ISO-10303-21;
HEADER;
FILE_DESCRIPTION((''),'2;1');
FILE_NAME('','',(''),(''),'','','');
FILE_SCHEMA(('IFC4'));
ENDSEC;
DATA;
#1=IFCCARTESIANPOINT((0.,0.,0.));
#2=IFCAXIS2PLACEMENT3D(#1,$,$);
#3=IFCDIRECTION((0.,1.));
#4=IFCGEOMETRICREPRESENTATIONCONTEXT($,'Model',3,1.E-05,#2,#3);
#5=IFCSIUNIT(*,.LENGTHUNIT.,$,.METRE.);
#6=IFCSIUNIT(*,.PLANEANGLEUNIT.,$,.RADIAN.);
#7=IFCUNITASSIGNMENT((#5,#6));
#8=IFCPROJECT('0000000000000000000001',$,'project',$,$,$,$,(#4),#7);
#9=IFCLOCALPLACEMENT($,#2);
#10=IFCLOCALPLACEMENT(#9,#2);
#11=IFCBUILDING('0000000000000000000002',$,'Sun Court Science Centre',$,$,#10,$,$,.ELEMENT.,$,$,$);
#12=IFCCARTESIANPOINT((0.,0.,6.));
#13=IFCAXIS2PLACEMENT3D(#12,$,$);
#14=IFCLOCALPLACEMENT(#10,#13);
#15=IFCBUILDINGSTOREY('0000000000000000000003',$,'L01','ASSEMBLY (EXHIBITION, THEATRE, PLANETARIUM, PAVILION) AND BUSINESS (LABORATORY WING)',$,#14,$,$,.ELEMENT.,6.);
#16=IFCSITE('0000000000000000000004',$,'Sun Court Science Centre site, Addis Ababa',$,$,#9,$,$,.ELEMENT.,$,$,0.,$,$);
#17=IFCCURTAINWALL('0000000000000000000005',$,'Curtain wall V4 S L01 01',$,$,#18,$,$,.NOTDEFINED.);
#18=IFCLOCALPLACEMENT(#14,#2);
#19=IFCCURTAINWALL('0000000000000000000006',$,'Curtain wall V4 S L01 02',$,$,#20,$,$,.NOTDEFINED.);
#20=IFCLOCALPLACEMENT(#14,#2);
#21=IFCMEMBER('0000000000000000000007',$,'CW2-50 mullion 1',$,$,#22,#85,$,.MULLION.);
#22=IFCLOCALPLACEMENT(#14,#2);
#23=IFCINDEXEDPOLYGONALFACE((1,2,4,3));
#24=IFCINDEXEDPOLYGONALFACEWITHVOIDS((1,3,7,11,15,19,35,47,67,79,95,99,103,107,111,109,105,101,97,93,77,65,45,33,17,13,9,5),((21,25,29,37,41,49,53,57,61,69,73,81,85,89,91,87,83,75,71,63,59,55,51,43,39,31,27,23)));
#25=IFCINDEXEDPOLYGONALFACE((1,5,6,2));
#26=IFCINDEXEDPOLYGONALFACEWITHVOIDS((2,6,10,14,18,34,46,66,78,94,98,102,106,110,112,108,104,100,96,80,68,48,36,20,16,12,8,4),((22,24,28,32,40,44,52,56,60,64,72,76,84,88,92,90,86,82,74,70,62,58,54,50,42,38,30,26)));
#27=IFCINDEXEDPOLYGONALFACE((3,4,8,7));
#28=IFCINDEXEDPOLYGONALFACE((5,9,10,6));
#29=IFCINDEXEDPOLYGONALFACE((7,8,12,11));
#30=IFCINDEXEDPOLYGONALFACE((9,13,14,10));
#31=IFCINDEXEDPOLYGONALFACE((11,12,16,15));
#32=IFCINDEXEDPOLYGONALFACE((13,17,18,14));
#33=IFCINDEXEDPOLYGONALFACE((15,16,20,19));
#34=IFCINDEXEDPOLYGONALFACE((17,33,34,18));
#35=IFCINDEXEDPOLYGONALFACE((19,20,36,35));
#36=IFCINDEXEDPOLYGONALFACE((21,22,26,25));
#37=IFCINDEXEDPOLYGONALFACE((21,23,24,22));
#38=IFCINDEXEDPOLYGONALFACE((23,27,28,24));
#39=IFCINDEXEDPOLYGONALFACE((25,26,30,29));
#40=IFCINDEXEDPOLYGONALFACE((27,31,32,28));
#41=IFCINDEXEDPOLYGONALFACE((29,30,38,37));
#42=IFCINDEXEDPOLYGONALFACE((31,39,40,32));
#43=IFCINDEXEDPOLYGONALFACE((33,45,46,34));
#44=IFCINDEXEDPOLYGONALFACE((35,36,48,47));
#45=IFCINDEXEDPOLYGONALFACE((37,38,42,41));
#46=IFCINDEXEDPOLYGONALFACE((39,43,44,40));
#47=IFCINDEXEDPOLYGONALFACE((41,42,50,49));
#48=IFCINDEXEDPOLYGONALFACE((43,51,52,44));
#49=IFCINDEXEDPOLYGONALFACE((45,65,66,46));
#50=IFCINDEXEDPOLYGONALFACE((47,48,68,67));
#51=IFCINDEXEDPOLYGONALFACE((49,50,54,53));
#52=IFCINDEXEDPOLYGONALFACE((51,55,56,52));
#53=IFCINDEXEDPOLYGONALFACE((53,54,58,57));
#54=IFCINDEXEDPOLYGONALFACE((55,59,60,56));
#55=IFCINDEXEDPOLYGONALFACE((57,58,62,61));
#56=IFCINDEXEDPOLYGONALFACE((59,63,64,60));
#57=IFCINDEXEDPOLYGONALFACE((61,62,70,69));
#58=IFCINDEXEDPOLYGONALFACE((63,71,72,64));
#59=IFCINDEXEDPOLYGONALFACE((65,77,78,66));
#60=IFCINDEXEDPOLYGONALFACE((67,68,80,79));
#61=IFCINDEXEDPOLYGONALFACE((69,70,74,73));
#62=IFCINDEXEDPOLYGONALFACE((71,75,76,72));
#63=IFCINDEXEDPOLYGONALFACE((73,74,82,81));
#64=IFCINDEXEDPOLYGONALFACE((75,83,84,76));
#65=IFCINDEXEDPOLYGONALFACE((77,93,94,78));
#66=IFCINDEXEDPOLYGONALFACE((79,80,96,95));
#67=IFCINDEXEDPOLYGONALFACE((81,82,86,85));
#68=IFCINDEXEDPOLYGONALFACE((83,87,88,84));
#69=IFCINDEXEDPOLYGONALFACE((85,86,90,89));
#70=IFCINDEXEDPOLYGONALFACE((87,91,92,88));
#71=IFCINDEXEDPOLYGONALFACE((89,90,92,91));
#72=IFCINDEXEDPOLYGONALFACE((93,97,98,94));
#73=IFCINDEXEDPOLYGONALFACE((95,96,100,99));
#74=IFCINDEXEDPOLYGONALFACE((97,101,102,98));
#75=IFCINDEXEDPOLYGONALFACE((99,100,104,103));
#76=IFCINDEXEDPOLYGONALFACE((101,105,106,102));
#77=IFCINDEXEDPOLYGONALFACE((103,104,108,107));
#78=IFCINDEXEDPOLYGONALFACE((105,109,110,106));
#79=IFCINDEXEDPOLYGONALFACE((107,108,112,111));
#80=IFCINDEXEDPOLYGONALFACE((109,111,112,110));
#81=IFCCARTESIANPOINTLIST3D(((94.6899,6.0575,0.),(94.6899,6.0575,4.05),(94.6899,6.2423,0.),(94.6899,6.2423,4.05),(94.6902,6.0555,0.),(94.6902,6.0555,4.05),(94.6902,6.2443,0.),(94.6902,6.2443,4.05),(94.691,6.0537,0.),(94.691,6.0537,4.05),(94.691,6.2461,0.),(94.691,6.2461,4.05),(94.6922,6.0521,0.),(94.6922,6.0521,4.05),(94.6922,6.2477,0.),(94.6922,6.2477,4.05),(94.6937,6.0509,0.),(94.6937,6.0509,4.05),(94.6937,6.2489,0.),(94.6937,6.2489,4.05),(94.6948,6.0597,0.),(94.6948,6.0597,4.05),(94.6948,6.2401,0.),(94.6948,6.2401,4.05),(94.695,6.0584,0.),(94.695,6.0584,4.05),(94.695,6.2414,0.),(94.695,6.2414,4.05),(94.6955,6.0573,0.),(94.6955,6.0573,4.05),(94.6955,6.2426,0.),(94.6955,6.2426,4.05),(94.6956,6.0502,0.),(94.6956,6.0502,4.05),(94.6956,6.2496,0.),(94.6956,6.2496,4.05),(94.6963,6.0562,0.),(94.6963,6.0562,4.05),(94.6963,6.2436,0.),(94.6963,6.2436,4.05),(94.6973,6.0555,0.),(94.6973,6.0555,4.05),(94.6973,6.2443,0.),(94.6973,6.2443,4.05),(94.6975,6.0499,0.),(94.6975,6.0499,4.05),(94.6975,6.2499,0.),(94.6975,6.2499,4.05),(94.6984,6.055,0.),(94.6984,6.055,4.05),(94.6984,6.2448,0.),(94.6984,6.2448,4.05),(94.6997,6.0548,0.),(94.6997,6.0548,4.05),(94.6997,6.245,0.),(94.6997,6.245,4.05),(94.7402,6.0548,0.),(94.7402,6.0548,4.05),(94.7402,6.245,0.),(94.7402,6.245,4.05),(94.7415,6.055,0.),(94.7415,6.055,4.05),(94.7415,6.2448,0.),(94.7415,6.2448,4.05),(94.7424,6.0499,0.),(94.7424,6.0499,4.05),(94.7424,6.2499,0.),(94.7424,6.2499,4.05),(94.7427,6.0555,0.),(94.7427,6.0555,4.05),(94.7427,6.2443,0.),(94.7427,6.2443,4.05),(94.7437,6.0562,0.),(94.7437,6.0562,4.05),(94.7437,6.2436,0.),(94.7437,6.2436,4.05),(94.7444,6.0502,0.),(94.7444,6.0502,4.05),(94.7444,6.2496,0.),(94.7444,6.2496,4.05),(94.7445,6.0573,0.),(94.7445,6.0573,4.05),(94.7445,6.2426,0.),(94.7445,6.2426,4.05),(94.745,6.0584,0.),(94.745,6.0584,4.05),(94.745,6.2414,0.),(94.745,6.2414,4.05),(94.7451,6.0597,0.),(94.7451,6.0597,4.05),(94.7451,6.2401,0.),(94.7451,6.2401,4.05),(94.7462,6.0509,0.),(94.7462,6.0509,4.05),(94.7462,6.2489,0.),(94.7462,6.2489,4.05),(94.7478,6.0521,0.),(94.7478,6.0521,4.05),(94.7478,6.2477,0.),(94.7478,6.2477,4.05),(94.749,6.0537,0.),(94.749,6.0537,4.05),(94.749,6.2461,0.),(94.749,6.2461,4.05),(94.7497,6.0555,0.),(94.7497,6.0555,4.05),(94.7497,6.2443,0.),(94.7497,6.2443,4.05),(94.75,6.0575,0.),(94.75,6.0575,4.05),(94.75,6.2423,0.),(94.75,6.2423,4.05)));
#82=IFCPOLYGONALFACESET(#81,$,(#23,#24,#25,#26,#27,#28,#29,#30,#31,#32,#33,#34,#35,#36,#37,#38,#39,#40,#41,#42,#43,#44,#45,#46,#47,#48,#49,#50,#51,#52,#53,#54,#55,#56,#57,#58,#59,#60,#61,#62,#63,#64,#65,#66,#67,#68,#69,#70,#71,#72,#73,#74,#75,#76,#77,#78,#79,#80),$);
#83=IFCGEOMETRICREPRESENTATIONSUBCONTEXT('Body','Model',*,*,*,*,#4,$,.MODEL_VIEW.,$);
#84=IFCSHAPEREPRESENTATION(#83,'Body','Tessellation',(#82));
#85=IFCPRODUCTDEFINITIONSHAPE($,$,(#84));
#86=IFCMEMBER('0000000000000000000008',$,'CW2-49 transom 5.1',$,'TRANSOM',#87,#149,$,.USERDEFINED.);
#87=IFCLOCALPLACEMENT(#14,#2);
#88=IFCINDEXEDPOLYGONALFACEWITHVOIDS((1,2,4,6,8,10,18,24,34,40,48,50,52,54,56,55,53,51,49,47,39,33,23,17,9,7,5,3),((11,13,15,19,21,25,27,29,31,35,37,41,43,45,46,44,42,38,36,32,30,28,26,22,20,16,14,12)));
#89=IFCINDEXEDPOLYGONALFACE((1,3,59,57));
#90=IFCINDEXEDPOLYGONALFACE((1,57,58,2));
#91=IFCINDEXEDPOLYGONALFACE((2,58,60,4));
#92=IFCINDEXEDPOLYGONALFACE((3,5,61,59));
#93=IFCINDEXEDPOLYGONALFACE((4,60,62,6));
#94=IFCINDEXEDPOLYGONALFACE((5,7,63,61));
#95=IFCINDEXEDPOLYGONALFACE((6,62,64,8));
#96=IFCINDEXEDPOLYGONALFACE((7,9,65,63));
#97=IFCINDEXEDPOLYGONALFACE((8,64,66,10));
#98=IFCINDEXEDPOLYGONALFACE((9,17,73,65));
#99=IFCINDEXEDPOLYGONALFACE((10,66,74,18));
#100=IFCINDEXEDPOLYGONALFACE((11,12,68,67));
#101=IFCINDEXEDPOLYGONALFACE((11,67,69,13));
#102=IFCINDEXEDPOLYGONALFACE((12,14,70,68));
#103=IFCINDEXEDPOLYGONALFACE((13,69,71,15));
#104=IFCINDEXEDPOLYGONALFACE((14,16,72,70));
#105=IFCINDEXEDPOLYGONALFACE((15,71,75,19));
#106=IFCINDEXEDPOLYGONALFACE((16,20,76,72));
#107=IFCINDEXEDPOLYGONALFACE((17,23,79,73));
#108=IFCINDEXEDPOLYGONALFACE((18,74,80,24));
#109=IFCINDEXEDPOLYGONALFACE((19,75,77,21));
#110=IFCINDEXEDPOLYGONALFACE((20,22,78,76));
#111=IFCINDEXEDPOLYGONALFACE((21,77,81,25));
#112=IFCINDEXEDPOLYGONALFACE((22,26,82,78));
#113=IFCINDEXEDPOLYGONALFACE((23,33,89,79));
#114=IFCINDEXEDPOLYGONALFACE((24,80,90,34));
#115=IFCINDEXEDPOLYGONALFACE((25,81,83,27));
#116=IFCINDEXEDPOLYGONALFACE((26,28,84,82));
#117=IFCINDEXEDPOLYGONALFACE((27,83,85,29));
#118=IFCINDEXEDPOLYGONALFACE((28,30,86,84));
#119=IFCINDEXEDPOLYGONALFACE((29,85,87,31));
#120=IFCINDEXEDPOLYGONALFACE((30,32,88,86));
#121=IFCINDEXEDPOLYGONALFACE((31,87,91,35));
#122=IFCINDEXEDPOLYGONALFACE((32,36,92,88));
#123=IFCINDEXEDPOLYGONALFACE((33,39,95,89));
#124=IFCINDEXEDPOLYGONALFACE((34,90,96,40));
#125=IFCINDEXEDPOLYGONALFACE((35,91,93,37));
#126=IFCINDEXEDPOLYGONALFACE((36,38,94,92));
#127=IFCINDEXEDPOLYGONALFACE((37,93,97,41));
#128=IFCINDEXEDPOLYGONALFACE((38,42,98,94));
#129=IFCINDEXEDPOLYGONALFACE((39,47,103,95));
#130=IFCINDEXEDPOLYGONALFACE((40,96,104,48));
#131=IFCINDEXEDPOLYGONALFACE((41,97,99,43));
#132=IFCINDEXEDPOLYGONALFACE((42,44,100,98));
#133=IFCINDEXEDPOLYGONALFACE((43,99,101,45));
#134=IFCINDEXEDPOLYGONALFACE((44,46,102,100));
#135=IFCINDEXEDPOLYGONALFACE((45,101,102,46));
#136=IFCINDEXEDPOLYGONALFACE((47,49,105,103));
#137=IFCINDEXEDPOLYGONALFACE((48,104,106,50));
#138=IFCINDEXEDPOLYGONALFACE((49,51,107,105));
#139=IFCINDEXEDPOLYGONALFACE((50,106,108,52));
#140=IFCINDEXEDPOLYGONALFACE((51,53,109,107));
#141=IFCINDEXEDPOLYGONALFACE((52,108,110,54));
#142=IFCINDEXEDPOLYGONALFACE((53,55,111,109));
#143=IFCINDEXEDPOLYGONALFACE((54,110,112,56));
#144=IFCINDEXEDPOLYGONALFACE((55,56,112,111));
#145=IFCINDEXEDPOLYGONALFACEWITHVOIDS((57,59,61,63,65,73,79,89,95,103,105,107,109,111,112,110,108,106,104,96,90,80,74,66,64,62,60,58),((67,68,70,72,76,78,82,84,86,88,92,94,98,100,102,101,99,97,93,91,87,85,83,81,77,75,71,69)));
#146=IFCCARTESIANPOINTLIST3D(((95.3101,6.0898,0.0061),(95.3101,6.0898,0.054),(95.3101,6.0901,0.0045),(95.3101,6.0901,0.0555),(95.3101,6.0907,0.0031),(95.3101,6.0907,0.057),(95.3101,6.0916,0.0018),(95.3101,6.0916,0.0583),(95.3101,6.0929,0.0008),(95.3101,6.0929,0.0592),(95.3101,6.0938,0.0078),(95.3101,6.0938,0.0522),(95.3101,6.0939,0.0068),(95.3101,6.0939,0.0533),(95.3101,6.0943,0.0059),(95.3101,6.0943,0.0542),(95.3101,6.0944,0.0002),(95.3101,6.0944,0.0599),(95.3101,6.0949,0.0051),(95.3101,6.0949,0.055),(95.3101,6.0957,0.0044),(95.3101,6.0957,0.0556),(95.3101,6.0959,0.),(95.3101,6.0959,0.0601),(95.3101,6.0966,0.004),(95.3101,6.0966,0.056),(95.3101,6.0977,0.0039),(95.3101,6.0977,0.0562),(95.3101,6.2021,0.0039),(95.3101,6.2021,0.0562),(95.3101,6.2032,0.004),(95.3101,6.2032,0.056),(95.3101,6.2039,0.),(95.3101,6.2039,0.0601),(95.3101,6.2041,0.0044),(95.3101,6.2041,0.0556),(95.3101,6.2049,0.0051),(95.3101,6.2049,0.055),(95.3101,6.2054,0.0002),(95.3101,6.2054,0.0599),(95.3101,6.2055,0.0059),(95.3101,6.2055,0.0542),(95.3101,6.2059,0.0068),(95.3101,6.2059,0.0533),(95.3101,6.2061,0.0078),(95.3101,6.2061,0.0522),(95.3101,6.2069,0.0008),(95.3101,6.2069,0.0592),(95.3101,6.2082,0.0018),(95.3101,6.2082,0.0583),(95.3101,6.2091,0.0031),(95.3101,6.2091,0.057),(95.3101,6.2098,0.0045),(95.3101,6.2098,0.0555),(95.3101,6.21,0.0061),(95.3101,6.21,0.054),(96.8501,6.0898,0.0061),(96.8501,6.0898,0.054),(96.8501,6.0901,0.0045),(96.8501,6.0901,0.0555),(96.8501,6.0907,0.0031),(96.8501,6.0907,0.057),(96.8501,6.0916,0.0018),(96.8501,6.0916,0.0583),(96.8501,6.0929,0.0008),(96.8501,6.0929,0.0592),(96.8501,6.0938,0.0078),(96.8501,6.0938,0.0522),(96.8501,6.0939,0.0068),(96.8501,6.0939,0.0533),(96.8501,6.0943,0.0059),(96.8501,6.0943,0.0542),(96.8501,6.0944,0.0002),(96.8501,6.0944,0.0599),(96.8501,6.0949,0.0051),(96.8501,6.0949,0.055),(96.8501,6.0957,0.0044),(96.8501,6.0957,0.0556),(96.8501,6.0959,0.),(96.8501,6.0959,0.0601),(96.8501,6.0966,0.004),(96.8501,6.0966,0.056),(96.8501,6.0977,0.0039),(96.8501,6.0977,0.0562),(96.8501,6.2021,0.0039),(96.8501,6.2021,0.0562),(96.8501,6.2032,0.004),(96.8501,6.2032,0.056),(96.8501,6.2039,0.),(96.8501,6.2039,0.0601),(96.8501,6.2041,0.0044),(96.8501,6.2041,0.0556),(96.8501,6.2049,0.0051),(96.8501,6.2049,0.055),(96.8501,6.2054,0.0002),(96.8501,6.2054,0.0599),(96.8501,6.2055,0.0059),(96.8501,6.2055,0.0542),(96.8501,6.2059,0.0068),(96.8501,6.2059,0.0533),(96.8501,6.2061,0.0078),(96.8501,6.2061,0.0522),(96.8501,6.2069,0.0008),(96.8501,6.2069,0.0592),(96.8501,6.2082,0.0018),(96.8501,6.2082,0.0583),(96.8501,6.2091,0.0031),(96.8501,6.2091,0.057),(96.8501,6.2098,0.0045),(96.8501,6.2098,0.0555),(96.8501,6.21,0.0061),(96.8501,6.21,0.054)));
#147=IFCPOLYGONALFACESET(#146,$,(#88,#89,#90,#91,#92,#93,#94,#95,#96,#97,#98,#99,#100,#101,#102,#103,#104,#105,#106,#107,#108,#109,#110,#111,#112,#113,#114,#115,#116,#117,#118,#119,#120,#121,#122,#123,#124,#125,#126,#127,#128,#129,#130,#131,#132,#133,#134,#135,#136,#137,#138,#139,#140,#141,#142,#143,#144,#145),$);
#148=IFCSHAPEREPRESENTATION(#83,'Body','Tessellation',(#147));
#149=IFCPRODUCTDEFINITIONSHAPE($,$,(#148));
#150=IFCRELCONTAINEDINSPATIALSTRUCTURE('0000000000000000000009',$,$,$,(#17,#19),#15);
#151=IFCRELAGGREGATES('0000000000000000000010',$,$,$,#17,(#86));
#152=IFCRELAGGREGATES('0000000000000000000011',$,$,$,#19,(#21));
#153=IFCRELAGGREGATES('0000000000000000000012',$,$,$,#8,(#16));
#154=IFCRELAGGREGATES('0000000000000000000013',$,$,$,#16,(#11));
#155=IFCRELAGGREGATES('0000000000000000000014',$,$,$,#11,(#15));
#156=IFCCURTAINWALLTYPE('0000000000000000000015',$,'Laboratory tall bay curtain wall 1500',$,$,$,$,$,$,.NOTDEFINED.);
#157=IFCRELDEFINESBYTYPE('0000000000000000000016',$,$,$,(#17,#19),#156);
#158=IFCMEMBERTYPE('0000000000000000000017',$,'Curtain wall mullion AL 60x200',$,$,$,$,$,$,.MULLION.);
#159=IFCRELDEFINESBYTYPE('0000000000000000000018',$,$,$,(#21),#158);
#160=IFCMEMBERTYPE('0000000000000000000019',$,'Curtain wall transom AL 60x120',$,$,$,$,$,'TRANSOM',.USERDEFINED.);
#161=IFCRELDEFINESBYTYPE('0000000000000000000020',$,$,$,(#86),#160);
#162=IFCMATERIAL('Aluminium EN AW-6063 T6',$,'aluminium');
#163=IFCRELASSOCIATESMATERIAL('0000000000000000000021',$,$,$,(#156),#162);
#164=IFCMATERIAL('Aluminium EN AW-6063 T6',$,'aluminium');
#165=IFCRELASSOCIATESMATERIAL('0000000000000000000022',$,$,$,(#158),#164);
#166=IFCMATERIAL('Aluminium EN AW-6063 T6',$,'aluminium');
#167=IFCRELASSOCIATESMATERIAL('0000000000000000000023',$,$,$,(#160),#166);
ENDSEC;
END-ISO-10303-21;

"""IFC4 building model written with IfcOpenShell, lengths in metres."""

from ifc_helpers import new_model, si_unit, direction, frame, origin, origin_2d, place, context, subcontext, project, spatial, hollow_rectangle, extrude, material, material_profile, profile_set, type_object, element, aggregate, save


model = new_model("IFC4")

# Units and contexts
model_context = context("Model", 3, precision=1e-05, world=origin(), true_north=direction((0.0, 1.0)))
body_context = subcontext(model_context, "Body", "Model", "MODEL_VIEW")
ifc_project = project(units=[si_unit("LENGTHUNIT", "METRE"), si_unit("PLANEANGLEUNIT", "RADIAN")], contexts=[model_context])

# Site, building, storey
site_placement = place(None, origin())
site = spatial("IfcSite", under=ifc_project, at=site_placement, Name="Sun Court Science Centre site, Addis Ababa", CompositionType="ELEMENT", RefElevation=0.0)
building_placement = place(site_placement, origin())
building = spatial("IfcBuilding", under=site, at=building_placement, Name="Sun Court Science Centre", CompositionType="ELEMENT")
storey_placement = place(building_placement, frame((0.0, 0.0, 6.0)))
storey = spatial("IfcBuildingStorey", under=building, at=storey_placement, Name="L01", Description="ASSEMBLY (EXHIBITION, THEATRE, PLANETARIUM, PAVILION) AND BUSINESS (LABORATORY WING)", CompositionType="ELEMENT", Elevation=6.0)

# Curtain walls, member
ifc_material_1 = material(Name="Aluminium EN AW-6063 T6", Category="aluminium")
curtain_wall_type = type_object("IfcCurtainWallType", Name="Laboratory tall bay curtain wall 1500", PredefinedType="NOTDEFINED", material=ifc_material_1)
curtain_wall_1_placement = place(storey_placement, origin())
curtain_wall_1 = element("IfcCurtainWall", 1, at=curtain_wall_1_placement, inside=storey, type_object=curtain_wall_type, Name="Curtain wall V4 S L01 01", PredefinedType="NOTDEFINED")
ifc_material_2 = material(Name="Aluminium EN AW-6063 T6", Category="aluminium")
ifc_material_profile_1 = material_profile(ifc_material_2, hollow_rectangle(XDim=0.0601, YDim=0.2, WallThickness=0.0049, InnerFilletRadius=0.0049, OuterFilletRadius=0.0076, at=origin_2d()), Name="AL 60x200x5")
ifc_profile_set_1 = profile_set([ifc_material_profile_1], Name="Aluminium EN AW-6063 T6")
member_type_1 = type_object("IfcMemberType", Name="Curtain wall mullion AL 60x200", PredefinedType="MULLION", material=ifc_profile_set_1)
curtain_wall_2_placement = place(storey_placement, origin())
curtain_wall_2 = element("IfcCurtainWall", 2, at=curtain_wall_2_placement, inside=storey, type_object=curtain_wall_type, Name="Curtain wall V4 S L01 02", PredefinedType="NOTDEFINED")
member_1_placement = place(storey_placement, frame((94.72, 6.1499, 0.0), z_axis=(0.0, 0.0, 1.0), x_axis=(-1.0, 0.0, 0.0)))
member_1 = element("IfcMember", 3, at=member_1_placement, type_object=member_type_1, Name="CW2-50 mullion 1", PredefinedType="MULLION", context=body_context, shape_type="SweptSolid", body=[
    extrude(hollow_rectangle(XDim=0.0601, YDim=0.2, WallThickness=0.0049, InnerFilletRadius=0.0049, OuterFilletRadius=0.0076, at=origin_2d()), origin(), (0.0, 0.0, 1.0), 4.05),
])

# Member
ifc_material_3 = material(Name="Aluminium EN AW-6063 T6", Category="aluminium")
ifc_material_profile_2 = material_profile(ifc_material_3, hollow_rectangle(XDim=0.0601, YDim=0.1201, WallThickness=0.0039, InnerFilletRadius=0.0039, OuterFilletRadius=0.0061, at=origin_2d()), Name="AL 60x120x4")
ifc_profile_set_2 = profile_set([ifc_material_profile_2], Name="Aluminium EN AW-6063 T6")
member_type_2 = type_object("IfcMemberType", Name="Curtain wall transom AL 60x120", ElementType="TRANSOM", PredefinedType="USERDEFINED", material=ifc_profile_set_2)
member_2_placement = place(storey_placement, frame((96.8501, 6.1499, 0.03), z_axis=(-1.0, 0.0, 0.0), x_axis=(0.0, 0.0, 1.0)))
member_2 = element("IfcMember", 4, at=member_2_placement, type_object=member_type_2, Name="CW2-49 transom 5.1", ObjectType="TRANSOM", PredefinedType="USERDEFINED", context=body_context, shape_type="SweptSolid", body=[
    extrude(hollow_rectangle(XDim=0.0601, YDim=0.1201, WallThickness=0.0039, InnerFilletRadius=0.0039, OuterFilletRadius=0.0061, at=origin_2d()), origin(), (0.0, 0.0, 1.0), 1.54),
])

aggregate(curtain_wall_1, [member_2])
aggregate(curtain_wall_2, [member_1])

save(model, "model.ifc")
